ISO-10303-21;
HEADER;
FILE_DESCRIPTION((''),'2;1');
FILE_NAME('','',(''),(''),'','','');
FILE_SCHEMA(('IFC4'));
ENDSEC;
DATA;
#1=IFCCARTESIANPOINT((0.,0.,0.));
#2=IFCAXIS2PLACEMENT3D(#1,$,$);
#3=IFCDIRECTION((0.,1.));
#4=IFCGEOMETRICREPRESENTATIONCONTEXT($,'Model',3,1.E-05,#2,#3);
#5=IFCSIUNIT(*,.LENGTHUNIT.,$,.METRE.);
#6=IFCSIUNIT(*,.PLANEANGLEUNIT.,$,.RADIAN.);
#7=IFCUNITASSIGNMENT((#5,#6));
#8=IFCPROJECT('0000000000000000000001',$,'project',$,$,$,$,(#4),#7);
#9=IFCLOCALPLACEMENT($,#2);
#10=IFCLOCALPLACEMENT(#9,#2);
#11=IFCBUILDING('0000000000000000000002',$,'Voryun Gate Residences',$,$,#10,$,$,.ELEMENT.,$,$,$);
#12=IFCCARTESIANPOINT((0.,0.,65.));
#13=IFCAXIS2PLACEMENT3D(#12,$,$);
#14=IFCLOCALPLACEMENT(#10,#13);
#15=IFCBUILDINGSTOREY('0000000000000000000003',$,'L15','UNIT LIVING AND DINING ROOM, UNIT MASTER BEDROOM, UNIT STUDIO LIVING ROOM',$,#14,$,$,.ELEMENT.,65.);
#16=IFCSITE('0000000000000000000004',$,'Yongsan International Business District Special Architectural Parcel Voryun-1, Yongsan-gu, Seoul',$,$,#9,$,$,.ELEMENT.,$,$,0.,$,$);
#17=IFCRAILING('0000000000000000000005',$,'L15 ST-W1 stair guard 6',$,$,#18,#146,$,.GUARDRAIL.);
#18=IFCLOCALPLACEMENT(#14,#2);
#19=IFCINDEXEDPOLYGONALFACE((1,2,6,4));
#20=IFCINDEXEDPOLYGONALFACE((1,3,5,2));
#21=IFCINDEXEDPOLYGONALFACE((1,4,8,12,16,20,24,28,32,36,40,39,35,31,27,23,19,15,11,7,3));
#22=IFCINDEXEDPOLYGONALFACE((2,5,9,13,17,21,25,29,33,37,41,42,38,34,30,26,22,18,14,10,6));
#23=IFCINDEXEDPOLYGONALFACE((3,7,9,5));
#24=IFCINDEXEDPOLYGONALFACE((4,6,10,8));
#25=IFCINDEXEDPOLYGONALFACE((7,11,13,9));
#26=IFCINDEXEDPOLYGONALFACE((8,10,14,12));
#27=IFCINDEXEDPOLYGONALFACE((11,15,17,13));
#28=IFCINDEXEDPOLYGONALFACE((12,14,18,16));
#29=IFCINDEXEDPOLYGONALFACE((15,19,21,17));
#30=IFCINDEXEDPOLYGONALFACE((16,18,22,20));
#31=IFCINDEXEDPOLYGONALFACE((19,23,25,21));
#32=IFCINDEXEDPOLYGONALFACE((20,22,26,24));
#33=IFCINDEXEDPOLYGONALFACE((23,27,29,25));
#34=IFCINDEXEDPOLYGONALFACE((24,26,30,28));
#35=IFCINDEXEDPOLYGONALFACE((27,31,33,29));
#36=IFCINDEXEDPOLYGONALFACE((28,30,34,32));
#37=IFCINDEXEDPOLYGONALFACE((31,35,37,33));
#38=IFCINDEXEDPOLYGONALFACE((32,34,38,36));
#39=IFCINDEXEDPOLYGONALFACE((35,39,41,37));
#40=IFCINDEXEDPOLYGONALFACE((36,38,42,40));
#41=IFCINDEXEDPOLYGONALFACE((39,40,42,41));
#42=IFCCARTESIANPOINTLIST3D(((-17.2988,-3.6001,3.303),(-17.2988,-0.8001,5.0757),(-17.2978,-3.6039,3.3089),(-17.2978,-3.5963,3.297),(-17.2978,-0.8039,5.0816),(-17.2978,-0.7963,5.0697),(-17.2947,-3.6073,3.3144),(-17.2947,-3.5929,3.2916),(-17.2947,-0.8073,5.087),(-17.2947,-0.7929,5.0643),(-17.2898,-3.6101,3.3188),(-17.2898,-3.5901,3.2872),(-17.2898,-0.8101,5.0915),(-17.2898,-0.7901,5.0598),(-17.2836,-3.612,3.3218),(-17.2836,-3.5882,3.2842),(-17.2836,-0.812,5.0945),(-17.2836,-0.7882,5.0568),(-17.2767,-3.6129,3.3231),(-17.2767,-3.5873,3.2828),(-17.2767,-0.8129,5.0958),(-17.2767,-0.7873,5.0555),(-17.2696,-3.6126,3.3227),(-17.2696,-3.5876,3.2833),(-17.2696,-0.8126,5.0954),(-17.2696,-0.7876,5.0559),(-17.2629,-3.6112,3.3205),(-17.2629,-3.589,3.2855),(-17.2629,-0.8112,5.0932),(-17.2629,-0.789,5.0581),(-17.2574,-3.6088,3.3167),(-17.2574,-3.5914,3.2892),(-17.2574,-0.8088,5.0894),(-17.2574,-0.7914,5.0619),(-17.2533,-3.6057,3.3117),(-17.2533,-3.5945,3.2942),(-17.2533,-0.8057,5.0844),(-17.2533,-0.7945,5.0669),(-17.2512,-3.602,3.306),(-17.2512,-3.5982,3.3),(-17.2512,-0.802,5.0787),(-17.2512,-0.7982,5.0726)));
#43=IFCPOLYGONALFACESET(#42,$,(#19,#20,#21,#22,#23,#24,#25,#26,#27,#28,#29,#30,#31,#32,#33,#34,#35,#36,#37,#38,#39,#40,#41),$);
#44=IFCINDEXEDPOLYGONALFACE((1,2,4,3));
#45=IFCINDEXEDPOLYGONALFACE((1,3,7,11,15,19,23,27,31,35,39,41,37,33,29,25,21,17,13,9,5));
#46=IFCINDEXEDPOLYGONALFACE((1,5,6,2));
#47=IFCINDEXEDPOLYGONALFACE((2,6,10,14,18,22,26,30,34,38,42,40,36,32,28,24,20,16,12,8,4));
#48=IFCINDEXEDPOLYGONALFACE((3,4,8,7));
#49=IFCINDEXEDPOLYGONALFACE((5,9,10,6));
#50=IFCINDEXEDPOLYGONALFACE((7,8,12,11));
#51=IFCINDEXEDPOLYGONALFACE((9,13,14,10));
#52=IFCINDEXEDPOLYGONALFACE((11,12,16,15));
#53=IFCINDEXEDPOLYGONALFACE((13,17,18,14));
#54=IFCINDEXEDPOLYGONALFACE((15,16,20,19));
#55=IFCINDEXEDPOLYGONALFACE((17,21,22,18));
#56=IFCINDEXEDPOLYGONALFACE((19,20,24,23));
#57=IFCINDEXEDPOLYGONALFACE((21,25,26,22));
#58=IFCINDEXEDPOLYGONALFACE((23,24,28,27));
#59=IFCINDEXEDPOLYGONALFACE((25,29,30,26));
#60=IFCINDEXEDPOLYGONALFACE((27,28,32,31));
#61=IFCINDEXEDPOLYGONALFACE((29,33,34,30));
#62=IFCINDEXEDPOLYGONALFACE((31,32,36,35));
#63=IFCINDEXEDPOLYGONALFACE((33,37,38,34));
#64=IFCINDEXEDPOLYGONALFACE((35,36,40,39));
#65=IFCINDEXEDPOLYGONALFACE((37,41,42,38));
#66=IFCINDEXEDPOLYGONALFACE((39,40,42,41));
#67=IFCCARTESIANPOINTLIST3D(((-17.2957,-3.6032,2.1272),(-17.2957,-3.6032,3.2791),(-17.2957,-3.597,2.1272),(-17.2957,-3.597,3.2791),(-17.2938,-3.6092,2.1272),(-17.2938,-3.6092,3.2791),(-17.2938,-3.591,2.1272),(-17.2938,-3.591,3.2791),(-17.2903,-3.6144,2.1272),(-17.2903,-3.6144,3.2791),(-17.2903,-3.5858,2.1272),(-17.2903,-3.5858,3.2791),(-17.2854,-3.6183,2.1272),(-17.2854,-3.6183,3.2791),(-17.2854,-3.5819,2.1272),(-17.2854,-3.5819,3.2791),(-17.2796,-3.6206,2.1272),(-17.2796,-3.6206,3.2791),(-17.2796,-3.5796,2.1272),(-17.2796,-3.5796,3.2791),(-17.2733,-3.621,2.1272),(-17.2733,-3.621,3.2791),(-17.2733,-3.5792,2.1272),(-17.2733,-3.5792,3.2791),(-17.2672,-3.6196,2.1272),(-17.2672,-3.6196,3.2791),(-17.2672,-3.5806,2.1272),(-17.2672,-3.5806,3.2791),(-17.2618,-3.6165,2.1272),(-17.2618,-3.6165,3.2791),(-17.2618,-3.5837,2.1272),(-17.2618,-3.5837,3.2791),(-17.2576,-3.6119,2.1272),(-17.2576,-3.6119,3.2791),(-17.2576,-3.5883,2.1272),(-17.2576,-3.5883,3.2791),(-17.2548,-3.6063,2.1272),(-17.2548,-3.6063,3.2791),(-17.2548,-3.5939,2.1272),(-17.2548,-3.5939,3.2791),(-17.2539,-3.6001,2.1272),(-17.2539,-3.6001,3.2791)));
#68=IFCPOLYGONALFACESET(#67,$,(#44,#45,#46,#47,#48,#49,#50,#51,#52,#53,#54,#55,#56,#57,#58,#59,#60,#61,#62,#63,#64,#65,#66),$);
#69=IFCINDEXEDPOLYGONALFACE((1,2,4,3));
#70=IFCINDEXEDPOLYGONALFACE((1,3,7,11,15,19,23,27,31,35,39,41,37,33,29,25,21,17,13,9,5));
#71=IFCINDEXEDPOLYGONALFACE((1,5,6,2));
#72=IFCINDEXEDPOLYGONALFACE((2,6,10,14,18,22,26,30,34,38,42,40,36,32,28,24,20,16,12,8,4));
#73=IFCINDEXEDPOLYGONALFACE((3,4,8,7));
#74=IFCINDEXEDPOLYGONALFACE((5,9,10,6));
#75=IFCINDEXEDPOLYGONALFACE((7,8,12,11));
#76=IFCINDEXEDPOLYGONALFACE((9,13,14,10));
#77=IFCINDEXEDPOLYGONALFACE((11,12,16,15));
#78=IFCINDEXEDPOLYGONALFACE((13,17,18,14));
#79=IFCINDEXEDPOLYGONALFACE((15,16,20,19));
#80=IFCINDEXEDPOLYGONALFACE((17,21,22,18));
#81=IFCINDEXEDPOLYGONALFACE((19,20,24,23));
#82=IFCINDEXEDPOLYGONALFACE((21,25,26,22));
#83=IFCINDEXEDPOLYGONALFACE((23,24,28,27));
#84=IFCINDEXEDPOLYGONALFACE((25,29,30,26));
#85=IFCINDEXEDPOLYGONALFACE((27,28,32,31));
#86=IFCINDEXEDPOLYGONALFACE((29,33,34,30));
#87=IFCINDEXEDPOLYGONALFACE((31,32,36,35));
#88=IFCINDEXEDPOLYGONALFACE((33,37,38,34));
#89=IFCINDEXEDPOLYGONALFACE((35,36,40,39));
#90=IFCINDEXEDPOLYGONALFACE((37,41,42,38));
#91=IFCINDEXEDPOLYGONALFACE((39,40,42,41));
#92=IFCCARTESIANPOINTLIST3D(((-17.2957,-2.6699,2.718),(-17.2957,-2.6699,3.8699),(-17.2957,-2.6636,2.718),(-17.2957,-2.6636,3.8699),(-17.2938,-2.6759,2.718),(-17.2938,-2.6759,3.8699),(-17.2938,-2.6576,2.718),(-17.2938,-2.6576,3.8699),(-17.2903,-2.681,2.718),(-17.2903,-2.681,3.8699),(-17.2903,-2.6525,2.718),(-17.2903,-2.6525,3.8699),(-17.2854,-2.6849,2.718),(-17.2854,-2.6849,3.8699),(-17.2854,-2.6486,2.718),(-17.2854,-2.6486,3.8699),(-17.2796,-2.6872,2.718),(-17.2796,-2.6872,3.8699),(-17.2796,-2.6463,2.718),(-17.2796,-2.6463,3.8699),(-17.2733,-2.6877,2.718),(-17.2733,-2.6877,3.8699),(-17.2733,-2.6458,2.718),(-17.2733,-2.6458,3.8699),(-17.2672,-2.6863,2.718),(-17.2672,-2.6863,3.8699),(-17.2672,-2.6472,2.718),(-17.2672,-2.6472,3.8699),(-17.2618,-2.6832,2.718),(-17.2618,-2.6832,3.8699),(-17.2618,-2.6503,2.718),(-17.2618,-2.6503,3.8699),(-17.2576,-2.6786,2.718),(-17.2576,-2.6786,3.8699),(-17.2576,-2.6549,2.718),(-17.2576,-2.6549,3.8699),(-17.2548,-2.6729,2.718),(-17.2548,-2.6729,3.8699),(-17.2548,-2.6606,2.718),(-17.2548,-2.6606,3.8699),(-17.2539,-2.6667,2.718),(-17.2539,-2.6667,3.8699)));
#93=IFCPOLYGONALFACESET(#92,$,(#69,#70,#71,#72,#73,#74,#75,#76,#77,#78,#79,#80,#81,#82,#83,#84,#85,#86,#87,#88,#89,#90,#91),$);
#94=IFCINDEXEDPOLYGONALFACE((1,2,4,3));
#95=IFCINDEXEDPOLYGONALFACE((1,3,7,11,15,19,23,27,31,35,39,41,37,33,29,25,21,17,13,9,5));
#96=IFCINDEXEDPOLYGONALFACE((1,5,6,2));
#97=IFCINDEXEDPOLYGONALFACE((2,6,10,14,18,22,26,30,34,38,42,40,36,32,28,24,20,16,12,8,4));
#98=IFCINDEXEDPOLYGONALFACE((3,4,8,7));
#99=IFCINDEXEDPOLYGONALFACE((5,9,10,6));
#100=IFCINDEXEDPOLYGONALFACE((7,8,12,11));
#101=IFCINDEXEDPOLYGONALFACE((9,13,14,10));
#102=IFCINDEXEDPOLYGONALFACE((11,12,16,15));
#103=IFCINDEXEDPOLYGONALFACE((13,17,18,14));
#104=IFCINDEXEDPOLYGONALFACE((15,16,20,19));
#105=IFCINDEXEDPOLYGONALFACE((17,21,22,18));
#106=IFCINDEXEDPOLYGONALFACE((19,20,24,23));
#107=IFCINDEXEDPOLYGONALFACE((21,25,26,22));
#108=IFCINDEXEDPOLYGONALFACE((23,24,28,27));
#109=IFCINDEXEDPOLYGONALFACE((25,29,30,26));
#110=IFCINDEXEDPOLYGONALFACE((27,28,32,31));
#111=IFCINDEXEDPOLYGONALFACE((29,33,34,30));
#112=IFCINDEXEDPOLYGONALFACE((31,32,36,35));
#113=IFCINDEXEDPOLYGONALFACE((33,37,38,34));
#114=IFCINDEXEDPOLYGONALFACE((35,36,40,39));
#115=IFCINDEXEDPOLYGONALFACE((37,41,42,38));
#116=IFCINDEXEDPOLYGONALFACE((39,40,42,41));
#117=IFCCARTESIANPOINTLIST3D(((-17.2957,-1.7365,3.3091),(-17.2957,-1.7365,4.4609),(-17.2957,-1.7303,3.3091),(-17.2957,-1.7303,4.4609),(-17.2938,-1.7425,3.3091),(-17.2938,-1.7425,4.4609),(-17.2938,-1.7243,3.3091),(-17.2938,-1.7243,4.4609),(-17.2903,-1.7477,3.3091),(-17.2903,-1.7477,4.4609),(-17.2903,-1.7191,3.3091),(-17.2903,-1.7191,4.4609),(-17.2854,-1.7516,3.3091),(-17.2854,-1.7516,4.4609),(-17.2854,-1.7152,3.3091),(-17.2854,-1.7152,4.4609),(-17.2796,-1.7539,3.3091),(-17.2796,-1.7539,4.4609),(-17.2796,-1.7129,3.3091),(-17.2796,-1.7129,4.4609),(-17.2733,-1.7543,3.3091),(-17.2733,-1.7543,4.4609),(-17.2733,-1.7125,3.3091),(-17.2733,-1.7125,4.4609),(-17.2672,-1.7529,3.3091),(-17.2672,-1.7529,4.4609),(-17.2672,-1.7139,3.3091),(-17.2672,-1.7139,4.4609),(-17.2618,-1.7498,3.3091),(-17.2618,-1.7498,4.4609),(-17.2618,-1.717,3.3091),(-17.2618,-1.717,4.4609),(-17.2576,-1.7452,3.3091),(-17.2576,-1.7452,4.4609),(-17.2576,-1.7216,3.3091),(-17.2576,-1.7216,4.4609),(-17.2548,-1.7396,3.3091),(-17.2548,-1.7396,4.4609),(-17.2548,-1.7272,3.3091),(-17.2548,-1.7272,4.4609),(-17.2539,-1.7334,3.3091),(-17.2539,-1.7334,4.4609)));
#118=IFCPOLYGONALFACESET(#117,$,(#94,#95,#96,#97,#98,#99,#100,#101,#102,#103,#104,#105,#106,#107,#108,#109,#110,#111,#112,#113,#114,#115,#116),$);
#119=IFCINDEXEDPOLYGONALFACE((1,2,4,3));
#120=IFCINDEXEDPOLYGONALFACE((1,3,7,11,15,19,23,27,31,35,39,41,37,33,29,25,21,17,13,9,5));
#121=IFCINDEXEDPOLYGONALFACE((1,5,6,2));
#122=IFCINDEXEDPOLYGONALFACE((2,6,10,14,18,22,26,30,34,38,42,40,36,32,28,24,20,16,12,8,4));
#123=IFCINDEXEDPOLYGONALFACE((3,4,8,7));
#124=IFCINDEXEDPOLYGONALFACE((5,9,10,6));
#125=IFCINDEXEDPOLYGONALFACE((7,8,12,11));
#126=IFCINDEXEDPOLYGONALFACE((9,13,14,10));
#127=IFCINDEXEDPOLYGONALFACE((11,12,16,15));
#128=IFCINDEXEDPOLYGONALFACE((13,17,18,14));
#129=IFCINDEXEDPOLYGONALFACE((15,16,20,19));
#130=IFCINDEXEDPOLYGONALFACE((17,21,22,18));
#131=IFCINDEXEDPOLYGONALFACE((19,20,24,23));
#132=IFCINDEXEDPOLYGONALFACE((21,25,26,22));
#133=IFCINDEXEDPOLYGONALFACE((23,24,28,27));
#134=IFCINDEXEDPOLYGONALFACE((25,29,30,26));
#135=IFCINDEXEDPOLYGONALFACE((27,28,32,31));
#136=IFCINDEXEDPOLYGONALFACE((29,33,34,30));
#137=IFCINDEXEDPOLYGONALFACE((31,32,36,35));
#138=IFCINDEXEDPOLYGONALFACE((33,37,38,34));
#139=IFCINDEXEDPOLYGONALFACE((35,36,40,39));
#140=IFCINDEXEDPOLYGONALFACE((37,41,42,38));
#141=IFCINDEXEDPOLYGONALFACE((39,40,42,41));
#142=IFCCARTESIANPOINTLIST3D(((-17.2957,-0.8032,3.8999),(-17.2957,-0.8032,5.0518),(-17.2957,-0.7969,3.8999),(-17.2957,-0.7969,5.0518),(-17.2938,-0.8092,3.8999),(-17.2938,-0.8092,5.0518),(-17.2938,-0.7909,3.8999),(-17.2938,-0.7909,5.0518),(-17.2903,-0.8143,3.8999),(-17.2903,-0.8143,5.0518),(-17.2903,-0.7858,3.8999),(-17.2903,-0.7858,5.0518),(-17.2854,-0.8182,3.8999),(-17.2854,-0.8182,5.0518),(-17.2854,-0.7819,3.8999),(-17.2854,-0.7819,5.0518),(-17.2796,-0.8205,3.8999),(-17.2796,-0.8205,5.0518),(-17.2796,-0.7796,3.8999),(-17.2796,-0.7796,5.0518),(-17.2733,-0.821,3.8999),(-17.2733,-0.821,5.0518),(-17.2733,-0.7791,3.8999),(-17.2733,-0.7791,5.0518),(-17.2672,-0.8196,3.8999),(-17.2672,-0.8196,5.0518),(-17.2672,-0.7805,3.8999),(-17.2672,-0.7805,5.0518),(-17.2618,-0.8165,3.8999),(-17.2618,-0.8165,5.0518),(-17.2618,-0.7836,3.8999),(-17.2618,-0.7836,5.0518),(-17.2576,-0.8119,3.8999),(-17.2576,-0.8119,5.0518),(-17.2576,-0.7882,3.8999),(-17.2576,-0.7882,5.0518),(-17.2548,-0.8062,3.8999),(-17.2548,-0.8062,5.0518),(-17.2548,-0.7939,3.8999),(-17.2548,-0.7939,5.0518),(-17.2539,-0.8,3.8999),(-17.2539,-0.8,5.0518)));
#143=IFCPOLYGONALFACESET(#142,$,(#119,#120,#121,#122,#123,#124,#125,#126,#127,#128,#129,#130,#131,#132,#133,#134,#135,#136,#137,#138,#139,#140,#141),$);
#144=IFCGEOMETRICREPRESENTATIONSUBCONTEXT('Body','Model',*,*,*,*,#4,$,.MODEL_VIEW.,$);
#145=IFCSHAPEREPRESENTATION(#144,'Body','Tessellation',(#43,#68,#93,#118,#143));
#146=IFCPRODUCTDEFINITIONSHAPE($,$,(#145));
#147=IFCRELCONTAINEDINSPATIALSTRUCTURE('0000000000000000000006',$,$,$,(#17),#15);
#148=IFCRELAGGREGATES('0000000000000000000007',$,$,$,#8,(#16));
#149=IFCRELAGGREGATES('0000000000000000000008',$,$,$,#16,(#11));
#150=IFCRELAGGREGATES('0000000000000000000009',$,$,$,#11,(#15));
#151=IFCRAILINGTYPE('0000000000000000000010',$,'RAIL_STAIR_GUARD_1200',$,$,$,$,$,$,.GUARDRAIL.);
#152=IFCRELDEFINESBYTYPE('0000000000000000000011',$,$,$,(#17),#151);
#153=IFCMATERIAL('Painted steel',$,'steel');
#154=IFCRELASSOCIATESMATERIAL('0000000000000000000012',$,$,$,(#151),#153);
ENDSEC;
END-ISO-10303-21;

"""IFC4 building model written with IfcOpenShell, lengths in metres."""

from ifc_helpers import new_model, si_unit, direction, frame, origin, origin_2d, place, context, subcontext, project, spatial, circle, extrude, material, type_object, element, save


model = new_model("IFC4")

# Units and contexts
model_context = context("Model", 3, precision=1e-05, world=origin(), true_north=direction((0.0, 1.0)))
body_context = subcontext(model_context, "Body", "Model", "MODEL_VIEW")
ifc_project = project(units=[si_unit("LENGTHUNIT", "METRE"), si_unit("PLANEANGLEUNIT", "RADIAN")], contexts=[model_context])

# Site, building, storey
site_placement = place(None, origin())
site = spatial("IfcSite", under=ifc_project, at=site_placement, Name="Yongsan International Business District Special Architectural Parcel Voryun-1, Yongsan-gu, Seoul", CompositionType="ELEMENT", RefElevation=0.0)
building_placement = place(site_placement, origin())
building = spatial("IfcBuilding", under=site, at=building_placement, Name="Voryun Gate Residences", CompositionType="ELEMENT")
storey_placement = place(building_placement, frame((0.0, 0.0, 65.0)))
storey = spatial("IfcBuildingStorey", under=building, at=storey_placement, Name="L15", Description="UNIT LIVING AND DINING ROOM, UNIT MASTER BEDROOM, UNIT STUDIO LIVING ROOM", CompositionType="ELEMENT", Elevation=65.0)

# Railing
ifc_material_1 = material(Name="Painted steel", Category="steel")
railing_type_1 = type_object("IfcRailingType", Name="RAIL_STAIR_GUARD_1200", PredefinedType="GUARDRAIL", material=ifc_material_1)
railing_1_placement = place(storey_placement, frame((-17.2749, -3.6001, 2.1272)))
element("IfcRailing", 1, at=railing_1_placement, inside=storey, type_object=railing_type_1, Name="L15 ST-W1 stair guard 6", PredefinedType="GUARDRAIL", context=body_context, shape_type="SweptSolid", body=[
    extrude(circle(Radius=0.0239, at=origin_2d()), frame((0.0, 0.0, 1.1758), z_axis=(0.0, 0.844909, 0.53491), x_axis=(-1.0, 0.0, 0.0)), (0.0, 0.0, 1.0), 3.314),
    extrude(circle(Radius=0.021, at=origin_2d()), origin(), (0.0, 0.0, 1.0), 1.1519),
    extrude(circle(Radius=0.021, at=origin_2d()), frame((0.0, 0.9333, 0.5908)), (0.0, 0.0, 1.0), 1.1519),
    extrude(circle(Radius=0.021, at=origin_2d()), frame((0.0, 1.8667, 1.1819)), (0.0, 0.0, 1.0), 1.1519),
    extrude(circle(Radius=0.021, at=origin_2d()), frame((0.0, 2.8, 1.7727)), (0.0, 0.0, 1.0), 1.1519),
])

save(model, "model.ifc")
